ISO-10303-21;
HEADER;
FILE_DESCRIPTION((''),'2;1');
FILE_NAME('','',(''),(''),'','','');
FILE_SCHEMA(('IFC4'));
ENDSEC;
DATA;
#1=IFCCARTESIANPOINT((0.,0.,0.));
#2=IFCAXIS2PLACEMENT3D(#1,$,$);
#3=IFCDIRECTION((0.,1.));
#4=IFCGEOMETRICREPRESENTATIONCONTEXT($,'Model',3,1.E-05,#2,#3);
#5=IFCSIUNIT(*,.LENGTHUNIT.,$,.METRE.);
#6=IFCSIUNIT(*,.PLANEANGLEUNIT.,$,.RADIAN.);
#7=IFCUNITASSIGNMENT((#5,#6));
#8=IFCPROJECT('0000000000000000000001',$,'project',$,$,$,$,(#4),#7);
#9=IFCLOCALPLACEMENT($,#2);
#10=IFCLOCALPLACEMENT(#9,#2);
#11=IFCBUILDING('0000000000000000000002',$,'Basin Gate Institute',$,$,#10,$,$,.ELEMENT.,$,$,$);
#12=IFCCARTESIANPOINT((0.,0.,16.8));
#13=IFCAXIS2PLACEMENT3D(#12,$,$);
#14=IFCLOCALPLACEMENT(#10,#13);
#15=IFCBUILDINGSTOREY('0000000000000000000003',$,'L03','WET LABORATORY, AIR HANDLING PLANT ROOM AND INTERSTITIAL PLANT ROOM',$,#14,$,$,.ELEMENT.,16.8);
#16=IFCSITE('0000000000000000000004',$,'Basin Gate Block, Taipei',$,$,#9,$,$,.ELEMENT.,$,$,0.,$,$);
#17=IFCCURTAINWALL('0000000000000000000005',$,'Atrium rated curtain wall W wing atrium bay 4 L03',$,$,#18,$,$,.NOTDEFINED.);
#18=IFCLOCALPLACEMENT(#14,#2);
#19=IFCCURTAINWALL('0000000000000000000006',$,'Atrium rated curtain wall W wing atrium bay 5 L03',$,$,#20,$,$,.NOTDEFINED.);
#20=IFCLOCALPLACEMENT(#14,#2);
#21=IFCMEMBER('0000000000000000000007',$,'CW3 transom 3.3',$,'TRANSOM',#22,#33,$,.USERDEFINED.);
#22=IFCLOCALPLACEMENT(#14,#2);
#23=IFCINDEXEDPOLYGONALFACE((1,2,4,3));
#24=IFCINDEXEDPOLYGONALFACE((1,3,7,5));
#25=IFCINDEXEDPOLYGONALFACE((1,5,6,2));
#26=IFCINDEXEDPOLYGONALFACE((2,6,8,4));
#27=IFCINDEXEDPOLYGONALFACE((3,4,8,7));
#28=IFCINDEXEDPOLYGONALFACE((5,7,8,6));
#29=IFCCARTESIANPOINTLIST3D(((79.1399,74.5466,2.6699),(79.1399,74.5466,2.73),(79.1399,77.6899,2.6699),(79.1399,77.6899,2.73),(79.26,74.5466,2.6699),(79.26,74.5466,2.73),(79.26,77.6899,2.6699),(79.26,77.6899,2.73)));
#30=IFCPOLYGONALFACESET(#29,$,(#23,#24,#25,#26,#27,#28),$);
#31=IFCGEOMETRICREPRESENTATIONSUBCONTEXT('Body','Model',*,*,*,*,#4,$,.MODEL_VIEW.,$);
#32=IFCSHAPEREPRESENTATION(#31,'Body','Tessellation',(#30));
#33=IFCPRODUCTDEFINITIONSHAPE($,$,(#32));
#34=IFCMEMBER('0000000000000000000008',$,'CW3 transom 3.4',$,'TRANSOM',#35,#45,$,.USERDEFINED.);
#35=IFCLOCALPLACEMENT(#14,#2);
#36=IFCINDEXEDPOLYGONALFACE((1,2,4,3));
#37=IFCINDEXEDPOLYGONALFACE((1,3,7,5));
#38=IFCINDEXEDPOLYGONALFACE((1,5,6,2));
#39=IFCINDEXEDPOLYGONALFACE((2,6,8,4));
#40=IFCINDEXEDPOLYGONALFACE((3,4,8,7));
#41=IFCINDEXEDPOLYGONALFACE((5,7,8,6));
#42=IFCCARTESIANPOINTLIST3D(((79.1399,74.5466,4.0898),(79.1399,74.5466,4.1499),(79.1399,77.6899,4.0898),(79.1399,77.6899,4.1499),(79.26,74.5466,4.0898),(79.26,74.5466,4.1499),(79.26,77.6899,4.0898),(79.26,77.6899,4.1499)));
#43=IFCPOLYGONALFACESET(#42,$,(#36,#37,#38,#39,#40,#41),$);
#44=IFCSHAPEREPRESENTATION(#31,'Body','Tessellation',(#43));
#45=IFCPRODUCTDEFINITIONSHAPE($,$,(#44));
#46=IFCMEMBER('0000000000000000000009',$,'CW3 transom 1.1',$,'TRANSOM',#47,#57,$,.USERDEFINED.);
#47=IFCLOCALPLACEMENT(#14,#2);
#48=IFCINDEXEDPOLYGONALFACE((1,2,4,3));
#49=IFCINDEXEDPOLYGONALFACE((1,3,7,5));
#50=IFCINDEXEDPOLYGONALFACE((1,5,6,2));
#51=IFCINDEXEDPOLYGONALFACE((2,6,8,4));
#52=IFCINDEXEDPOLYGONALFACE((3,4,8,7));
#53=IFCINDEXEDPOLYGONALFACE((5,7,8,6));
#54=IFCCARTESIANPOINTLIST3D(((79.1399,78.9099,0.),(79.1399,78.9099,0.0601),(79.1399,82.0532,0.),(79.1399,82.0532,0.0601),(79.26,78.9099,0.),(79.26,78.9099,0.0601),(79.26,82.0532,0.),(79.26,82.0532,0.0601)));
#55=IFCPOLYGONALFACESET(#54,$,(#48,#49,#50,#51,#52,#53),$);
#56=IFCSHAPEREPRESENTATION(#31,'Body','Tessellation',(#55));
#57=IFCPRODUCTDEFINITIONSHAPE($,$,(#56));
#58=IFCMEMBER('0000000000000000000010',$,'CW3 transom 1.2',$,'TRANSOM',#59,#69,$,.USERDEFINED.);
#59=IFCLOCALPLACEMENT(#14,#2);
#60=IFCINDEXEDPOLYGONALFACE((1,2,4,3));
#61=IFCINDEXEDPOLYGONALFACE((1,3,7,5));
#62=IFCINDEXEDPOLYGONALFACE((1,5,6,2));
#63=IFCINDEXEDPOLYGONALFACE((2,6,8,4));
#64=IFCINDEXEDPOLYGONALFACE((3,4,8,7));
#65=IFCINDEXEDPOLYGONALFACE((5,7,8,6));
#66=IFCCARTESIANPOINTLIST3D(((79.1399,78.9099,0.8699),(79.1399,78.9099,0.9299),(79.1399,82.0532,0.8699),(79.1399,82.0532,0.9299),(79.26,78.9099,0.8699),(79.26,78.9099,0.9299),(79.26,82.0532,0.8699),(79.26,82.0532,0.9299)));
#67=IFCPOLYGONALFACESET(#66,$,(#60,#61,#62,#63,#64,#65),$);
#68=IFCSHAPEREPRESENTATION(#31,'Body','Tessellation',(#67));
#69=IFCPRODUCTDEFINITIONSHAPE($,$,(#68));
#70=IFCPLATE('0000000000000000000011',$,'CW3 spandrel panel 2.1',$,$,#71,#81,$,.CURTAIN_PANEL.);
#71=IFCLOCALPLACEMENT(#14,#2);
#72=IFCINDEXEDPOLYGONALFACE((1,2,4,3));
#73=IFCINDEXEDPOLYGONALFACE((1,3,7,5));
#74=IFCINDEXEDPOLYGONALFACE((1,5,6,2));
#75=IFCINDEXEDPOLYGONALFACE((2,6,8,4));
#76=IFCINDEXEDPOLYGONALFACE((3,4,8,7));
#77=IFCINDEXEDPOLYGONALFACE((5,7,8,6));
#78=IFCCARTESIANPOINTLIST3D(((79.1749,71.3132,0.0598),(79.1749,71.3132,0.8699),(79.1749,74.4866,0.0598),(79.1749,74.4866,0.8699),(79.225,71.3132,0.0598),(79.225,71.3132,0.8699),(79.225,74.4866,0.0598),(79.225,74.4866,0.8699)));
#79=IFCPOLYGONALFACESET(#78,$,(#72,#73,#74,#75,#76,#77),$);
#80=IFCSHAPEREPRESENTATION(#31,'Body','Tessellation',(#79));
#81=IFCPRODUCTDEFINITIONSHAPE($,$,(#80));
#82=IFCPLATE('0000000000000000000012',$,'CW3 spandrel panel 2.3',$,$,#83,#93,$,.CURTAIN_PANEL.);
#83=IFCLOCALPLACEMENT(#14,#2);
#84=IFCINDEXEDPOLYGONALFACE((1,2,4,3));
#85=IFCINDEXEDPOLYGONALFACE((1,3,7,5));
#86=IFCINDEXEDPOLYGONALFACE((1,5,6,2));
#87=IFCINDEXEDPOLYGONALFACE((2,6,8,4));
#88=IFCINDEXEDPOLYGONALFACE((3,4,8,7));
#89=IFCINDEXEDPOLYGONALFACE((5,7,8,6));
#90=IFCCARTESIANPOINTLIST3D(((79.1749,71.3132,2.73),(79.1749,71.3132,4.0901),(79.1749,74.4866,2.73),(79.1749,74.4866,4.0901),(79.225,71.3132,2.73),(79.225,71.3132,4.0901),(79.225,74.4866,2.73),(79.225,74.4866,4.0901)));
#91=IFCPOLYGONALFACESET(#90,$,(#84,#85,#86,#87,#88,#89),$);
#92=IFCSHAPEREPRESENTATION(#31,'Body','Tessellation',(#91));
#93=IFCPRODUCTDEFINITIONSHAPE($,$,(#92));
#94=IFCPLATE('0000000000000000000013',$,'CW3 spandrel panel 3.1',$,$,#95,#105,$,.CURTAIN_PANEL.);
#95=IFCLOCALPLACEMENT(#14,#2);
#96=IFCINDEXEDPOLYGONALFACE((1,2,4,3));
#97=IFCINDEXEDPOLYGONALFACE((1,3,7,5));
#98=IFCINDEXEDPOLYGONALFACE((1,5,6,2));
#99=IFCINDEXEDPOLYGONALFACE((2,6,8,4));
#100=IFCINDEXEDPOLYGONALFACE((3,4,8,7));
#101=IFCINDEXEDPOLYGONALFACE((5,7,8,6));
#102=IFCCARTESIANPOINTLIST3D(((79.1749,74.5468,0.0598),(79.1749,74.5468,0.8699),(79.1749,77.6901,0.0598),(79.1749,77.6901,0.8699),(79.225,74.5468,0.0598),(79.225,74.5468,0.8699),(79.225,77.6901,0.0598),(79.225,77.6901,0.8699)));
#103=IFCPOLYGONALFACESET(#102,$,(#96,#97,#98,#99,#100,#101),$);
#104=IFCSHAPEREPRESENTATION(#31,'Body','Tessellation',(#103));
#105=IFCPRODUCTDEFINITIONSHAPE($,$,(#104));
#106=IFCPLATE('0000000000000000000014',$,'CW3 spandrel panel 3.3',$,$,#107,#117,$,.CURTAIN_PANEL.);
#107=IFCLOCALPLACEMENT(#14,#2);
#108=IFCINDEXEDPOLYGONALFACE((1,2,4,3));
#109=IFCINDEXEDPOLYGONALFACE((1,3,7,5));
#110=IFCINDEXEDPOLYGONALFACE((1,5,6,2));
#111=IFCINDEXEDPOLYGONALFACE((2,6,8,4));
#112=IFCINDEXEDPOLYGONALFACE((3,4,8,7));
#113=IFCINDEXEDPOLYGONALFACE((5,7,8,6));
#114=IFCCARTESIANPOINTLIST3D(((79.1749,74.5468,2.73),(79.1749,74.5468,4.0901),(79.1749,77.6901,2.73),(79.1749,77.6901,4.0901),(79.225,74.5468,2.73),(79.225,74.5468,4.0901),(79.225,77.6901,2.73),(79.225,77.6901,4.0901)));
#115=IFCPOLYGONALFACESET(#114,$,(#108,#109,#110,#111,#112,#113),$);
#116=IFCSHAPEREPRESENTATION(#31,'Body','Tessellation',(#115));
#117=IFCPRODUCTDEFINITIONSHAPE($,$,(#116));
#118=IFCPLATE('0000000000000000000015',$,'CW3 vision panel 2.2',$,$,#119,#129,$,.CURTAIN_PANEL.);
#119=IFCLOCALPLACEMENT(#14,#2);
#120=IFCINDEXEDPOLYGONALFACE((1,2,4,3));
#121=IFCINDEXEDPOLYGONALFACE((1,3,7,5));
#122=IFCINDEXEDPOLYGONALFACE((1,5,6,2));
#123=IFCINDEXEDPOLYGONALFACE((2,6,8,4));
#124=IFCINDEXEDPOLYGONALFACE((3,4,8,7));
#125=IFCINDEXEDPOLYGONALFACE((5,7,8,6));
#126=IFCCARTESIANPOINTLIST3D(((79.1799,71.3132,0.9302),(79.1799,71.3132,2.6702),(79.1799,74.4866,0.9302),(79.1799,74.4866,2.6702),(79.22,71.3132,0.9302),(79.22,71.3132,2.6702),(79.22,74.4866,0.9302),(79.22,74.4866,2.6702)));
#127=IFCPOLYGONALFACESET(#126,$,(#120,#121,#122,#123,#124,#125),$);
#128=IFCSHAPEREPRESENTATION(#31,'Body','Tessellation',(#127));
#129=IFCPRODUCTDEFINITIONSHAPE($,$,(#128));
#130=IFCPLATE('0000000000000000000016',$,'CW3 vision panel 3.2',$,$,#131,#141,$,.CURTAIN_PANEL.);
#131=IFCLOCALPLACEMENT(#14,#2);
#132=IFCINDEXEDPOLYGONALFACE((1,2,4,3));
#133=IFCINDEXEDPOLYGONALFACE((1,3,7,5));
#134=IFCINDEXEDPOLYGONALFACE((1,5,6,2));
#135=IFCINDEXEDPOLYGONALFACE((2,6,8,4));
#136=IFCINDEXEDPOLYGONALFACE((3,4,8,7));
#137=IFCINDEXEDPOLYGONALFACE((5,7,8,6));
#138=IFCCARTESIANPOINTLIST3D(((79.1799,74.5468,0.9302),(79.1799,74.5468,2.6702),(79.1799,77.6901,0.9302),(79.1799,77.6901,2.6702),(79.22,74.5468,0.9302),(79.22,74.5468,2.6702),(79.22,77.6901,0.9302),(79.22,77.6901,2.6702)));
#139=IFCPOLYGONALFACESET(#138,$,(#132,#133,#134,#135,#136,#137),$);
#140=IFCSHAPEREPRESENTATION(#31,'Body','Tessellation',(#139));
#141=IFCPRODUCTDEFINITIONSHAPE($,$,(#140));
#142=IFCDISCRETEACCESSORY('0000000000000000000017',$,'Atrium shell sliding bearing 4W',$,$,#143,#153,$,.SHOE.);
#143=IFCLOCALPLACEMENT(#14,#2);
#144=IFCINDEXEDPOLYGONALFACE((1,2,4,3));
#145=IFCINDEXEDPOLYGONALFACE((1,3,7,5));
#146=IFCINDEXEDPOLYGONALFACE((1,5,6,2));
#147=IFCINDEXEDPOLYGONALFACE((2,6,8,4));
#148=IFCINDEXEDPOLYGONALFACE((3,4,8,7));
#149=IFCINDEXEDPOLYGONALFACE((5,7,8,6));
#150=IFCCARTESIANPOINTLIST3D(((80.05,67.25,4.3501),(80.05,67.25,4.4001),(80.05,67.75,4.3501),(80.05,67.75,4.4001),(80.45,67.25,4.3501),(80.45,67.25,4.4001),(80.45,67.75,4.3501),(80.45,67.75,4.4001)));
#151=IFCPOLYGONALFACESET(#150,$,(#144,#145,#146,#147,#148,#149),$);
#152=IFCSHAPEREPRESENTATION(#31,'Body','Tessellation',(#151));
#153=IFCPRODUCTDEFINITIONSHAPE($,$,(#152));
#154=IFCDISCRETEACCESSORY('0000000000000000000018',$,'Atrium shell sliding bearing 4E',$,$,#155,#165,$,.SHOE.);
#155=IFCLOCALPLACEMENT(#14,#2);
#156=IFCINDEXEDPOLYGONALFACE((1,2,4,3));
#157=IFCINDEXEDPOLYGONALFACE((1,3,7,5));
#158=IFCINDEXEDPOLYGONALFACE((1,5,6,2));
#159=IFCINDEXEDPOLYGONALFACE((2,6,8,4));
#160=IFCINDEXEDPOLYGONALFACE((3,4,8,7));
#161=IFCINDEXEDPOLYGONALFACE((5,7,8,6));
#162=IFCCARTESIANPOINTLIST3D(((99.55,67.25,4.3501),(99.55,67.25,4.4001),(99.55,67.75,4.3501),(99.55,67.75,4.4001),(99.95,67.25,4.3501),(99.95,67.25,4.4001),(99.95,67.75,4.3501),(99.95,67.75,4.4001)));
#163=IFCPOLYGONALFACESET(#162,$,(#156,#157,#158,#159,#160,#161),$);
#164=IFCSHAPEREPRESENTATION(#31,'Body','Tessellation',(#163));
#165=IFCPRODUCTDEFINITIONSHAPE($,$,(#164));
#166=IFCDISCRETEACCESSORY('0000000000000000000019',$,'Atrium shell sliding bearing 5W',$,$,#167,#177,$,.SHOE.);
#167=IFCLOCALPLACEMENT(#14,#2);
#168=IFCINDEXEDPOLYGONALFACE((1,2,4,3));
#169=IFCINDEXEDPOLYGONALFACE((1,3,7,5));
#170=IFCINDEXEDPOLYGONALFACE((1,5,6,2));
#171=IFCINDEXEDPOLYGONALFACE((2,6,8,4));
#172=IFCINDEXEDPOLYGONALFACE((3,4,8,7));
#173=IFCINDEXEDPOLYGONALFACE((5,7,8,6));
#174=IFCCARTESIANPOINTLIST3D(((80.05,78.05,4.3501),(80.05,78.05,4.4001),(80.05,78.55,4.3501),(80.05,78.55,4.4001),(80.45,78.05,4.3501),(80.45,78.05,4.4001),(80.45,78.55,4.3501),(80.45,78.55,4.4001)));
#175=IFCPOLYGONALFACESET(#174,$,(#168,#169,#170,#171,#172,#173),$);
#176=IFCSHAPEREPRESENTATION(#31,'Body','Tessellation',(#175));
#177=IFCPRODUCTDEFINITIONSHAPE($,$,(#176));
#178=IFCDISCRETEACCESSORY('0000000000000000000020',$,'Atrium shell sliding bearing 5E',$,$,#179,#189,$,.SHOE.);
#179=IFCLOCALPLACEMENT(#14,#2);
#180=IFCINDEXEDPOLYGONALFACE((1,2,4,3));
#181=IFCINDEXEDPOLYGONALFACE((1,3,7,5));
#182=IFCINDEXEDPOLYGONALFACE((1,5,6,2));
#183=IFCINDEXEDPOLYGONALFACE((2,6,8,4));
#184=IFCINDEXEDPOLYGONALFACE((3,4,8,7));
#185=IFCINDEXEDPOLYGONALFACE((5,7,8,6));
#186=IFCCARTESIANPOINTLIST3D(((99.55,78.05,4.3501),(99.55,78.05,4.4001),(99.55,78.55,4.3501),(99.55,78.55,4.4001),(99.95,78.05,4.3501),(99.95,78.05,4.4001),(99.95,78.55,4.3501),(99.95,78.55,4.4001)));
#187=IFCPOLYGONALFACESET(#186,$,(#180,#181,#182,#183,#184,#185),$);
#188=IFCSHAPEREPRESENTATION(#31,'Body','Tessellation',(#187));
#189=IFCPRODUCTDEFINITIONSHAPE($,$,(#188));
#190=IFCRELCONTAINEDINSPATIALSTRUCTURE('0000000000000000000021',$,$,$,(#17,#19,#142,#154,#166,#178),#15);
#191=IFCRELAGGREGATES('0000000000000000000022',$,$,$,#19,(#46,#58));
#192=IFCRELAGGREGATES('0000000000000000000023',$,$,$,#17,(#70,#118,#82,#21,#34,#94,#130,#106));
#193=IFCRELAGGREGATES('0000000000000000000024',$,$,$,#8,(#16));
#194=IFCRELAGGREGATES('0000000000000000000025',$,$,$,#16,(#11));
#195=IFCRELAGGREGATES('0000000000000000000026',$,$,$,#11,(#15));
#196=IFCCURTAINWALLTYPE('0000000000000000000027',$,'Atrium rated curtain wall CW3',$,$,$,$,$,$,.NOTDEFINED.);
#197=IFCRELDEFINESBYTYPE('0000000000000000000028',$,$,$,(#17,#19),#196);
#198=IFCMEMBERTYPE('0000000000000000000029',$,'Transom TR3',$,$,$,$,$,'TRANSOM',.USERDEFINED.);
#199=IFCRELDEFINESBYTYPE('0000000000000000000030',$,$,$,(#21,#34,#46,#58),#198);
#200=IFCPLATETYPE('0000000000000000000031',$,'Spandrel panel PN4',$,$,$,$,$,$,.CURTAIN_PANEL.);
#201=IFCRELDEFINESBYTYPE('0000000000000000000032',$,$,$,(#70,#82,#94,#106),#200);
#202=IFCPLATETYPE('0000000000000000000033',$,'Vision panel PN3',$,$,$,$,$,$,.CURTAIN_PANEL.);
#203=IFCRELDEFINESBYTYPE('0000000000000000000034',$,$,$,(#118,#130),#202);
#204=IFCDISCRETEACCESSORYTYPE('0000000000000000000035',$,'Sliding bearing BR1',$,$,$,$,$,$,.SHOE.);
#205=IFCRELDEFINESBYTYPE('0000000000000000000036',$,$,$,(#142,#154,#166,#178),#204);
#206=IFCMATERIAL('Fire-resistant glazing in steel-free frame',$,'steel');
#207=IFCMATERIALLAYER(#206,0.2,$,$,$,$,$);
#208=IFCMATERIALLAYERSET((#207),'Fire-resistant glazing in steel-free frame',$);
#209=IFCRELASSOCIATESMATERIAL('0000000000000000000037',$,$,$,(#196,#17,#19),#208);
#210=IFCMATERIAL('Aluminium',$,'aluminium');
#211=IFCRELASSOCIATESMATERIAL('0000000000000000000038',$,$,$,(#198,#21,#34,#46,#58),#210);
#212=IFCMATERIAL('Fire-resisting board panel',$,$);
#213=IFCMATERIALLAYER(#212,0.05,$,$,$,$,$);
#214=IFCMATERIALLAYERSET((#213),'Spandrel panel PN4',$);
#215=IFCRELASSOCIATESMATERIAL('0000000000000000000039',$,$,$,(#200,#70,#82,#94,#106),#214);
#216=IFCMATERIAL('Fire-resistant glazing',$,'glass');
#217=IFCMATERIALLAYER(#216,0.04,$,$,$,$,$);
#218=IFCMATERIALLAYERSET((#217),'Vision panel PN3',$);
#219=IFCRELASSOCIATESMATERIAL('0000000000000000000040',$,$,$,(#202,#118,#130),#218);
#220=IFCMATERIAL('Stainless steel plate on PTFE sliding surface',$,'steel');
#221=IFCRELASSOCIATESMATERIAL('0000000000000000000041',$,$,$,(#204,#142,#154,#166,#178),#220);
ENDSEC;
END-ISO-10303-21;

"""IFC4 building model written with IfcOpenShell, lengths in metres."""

from ifc_helpers import new_model, si_unit, direction, frame, origin, origin_2d, place, context, subcontext, project, spatial, rectangle, extrude, material, layer, layer_set, material_profile, profile_set, type_object, element, aggregate, save


model = new_model("IFC4")

# Units and contexts
model_context = context("Model", 3, precision=1e-05, world=origin(), true_north=direction((0.0, 1.0)))
body_context = subcontext(model_context, "Body", "Model", "MODEL_VIEW")
ifc_project = project(units=[si_unit("LENGTHUNIT", "METRE"), si_unit("PLANEANGLEUNIT", "RADIAN")], contexts=[model_context])

# Site, building, storey
site_placement = place(None, origin())
site = spatial("IfcSite", under=ifc_project, at=site_placement, Name="Basin Gate Block, Taipei", CompositionType="ELEMENT", RefElevation=0.0)
building_placement = place(site_placement, origin())
building = spatial("IfcBuilding", under=site, at=building_placement, Name="Basin Gate Institute", CompositionType="ELEMENT")
storey_placement = place(building_placement, frame((0.0, 0.0, 16.8)))
storey = spatial("IfcBuildingStorey", under=building, at=storey_placement, Name="L03", Description="WET LABORATORY, AIR HANDLING PLANT ROOM AND INTERSTITIAL PLANT ROOM", CompositionType="ELEMENT", Elevation=16.8)

# Curtain wall
ifc_material_1 = material(Name="Fire-resistant glazing in steel-free frame", Category="steel")
ifc_layer_1 = layer(ifc_material_1, 0.2)
ifc_layer_set_1 = layer_set([ifc_layer_1], Name="Fire-resistant glazing in steel-free frame")
curtain_wall_type = type_object("IfcCurtainWallType", Name="Atrium rated curtain wall CW3", PredefinedType="NOTDEFINED", material=ifc_layer_set_1)
curtain_wall_1_placement = place(storey_placement, origin())
curtain_wall_1 = element("IfcCurtainWall", 1, at=curtain_wall_1_placement, inside=storey, type_object=curtain_wall_type, material=ifc_layer_set_1, Name="Atrium rated curtain wall W wing atrium bay 4 L03", PredefinedType="NOTDEFINED")

# Curtain wall
curtain_wall_2_placement = place(storey_placement, origin())
curtain_wall_2 = element("IfcCurtainWall", 2, at=curtain_wall_2_placement, inside=storey, type_object=curtain_wall_type, material=ifc_layer_set_1, Name="Atrium rated curtain wall W wing atrium bay 5 L03", PredefinedType="NOTDEFINED")

# Members
ifc_material_2 = material(Name="Aluminium", Category="aluminium")
ifc_material_profile_1 = material_profile(ifc_material_2, rectangle(XDim=0.1201, YDim=0.0601, at=origin_2d()), Name="Transom TR3 120 x 60")
ifc_profile_set_1 = profile_set([ifc_material_profile_1], Name="Aluminium")
member_type_1 = type_object("IfcMemberType", Name="Transom TR3", ElementType="TRANSOM", PredefinedType="USERDEFINED", material=ifc_profile_set_1)
member_1_placement = place(storey_placement, frame((79.2, 74.5466, 2.7), z_axis=(0.0, 1.0, 0.0), x_axis=(-1.0, 0.0, 0.0)))
member_1 = element("IfcMember", 3, at=member_1_placement, type_object=member_type_1, material=ifc_profile_set_1, Name="CW3 transom 3.3", ObjectType="TRANSOM", PredefinedType="USERDEFINED", context=body_context, shape_type="SweptSolid", body=[
    extrude(rectangle(XDim=0.1201, YDim=0.0601, at=origin_2d()), origin(), (0.0, 0.0, 1.0), 3.1433),
])
member_2_placement = place(storey_placement, frame((79.2, 74.5466, 4.1199), z_axis=(0.0, 1.0, 0.0), x_axis=(-1.0, 0.0, 0.0)))
member_2 = element("IfcMember", 4, at=member_2_placement, type_object=member_type_1, material=ifc_profile_set_1, Name="CW3 transom 3.4", ObjectType="TRANSOM", PredefinedType="USERDEFINED", context=body_context, shape_type="SweptSolid", body=[
    extrude(rectangle(XDim=0.1201, YDim=0.0601, at=origin_2d()), origin(), (0.0, 0.0, 1.0), 3.1433),
])
member_3_placement = place(storey_placement, frame((79.2, 78.9099, 0.03), z_axis=(0.0, 1.0, 0.0), x_axis=(-1.0, 0.0, 0.0)))
member_3 = element("IfcMember", 5, at=member_3_placement, type_object=member_type_1, material=ifc_profile_set_1, Name="CW3 transom 1.1", ObjectType="TRANSOM", PredefinedType="USERDEFINED", context=body_context, shape_type="SweptSolid", body=[
    extrude(rectangle(XDim=0.1201, YDim=0.0601, at=origin_2d()), origin(), (0.0, 0.0, 1.0), 3.1433),
])
member_4_placement = place(storey_placement, frame((79.2, 78.9099, 0.8999), z_axis=(0.0, 1.0, 0.0), x_axis=(-1.0, 0.0, 0.0)))
member_4 = element("IfcMember", 6, at=member_4_placement, type_object=member_type_1, material=ifc_profile_set_1, Name="CW3 transom 1.2", ObjectType="TRANSOM", PredefinedType="USERDEFINED", context=body_context, shape_type="SweptSolid", body=[
    extrude(rectangle(XDim=0.1201, YDim=0.0601, at=origin_2d()), origin(), (0.0, 0.0, 1.0), 3.1433),
])
aggregate(curtain_wall_2, [member_3, member_4])

# Plates
ifc_material_3 = material(Name="Fire-resisting board panel")
ifc_layer_2 = layer(ifc_material_3, 0.05)
ifc_layer_set_2 = layer_set([ifc_layer_2], Name="Spandrel panel PN4")
plate_type_1 = type_object("IfcPlateType", Name="Spandrel panel PN4", PredefinedType="CURTAIN_PANEL", material=ifc_layer_set_2)
plate_1_placement = place(storey_placement, frame((79.2, 72.8999, 0.0598), z_axis=(0.0, 0.0, 1.0), x_axis=(0.0, 1.0, 0.0)))
plate_1 = element("IfcPlate", 7, at=plate_1_placement, type_object=plate_type_1, material=ifc_layer_set_2, Name="CW3 spandrel panel 2.1", PredefinedType="CURTAIN_PANEL", context=body_context, shape_type="SweptSolid", body=[
    extrude(rectangle(XDim=3.1733, YDim=0.05, at=origin_2d()), origin(), (0.0, 0.0, 1.0), 0.8101),
])
plate_2_placement = place(storey_placement, frame((79.2, 72.8999, 2.73), z_axis=(0.0, 0.0, 1.0), x_axis=(0.0, 1.0, 0.0)))
plate_2 = element("IfcPlate", 8, at=plate_2_placement, type_object=plate_type_1, material=ifc_layer_set_2, Name="CW3 spandrel panel 2.3", PredefinedType="CURTAIN_PANEL", context=body_context, shape_type="SweptSolid", body=[
    extrude(rectangle(XDim=3.1733, YDim=0.05, at=origin_2d()), origin(), (0.0, 0.0, 1.0), 1.3601),
])
plate_3_placement = place(storey_placement, frame((79.2, 76.1184, 0.0598), z_axis=(0.0, 0.0, 1.0), x_axis=(0.0, 1.0, 0.0)))
plate_3 = element("IfcPlate", 9, at=plate_3_placement, type_object=plate_type_1, material=ifc_layer_set_2, Name="CW3 spandrel panel 3.1", PredefinedType="CURTAIN_PANEL", context=body_context, shape_type="SweptSolid", body=[
    extrude(rectangle(XDim=3.1433, YDim=0.05, at=origin_2d()), origin(), (0.0, 0.0, 1.0), 0.8101),
])
plate_4_placement = place(storey_placement, frame((79.2, 76.1184, 2.73), z_axis=(0.0, 0.0, 1.0), x_axis=(0.0, 1.0, 0.0)))
plate_4 = element("IfcPlate", 10, at=plate_4_placement, type_object=plate_type_1, material=ifc_layer_set_2, Name="CW3 spandrel panel 3.3", PredefinedType="CURTAIN_PANEL", context=body_context, shape_type="SweptSolid", body=[
    extrude(rectangle(XDim=3.1433, YDim=0.05, at=origin_2d()), origin(), (0.0, 0.0, 1.0), 1.3601),
])
ifc_material_4 = material(Name="Fire-resistant glazing", Category="glass")
ifc_layer_3 = layer(ifc_material_4, 0.04)
ifc_layer_set_3 = layer_set([ifc_layer_3], Name="Vision panel PN3")
plate_type_2 = type_object("IfcPlateType", Name="Vision panel PN3", PredefinedType="CURTAIN_PANEL", material=ifc_layer_set_3)
plate_5_placement = place(storey_placement, frame((79.2, 72.8999, 0.9302), z_axis=(0.0, 0.0, 1.0), x_axis=(0.0, 1.0, 0.0)))
plate_5 = element("IfcPlate", 11, at=plate_5_placement, type_object=plate_type_2, material=ifc_layer_set_3, Name="CW3 vision panel 2.2", PredefinedType="CURTAIN_PANEL", context=body_context, shape_type="SweptSolid", body=[
    extrude(rectangle(XDim=3.1733, YDim=0.04, at=origin_2d()), origin(), (0.0, 0.0, 1.0), 1.74),
])
plate_6_placement = place(storey_placement, frame((79.2, 76.1184, 0.9302), z_axis=(0.0, 0.0, 1.0), x_axis=(0.0, 1.0, 0.0)))
plate_6 = element("IfcPlate", 12, at=plate_6_placement, type_object=plate_type_2, material=ifc_layer_set_3, Name="CW3 vision panel 3.2", PredefinedType="CURTAIN_PANEL", context=body_context, shape_type="SweptSolid", body=[
    extrude(rectangle(XDim=3.1433, YDim=0.04, at=origin_2d()), origin(), (0.0, 0.0, 1.0), 1.74),
])
aggregate(curtain_wall_1, [plate_1, plate_5, plate_2, member_1, member_2, plate_3, plate_6, plate_4])

# Discrete accessories
ifc_material_5 = material(Name="Stainless steel plate on PTFE sliding surface", Category="steel")
discrete_accessory_type = type_object("IfcDiscreteAccessoryType", Name="Sliding bearing BR1", PredefinedType="SHOE", material=ifc_material_5)
for number, where, z_axis, x_axis, name in (
    (13, (80.25, 67.5, 4.3501), (0.0, 0.0, 1.0), (1.0, 0.0, 0.0), "Atrium shell sliding bearing 4W"),
    (14, (99.75, 67.5, 4.3501), (0.0, 0.0, 1.0), (1.0, 0.0, 0.0), "Atrium shell sliding bearing 4E"),
    (15, (80.25, 78.3, 4.3501), (0.0, 0.0, 1.0), (1.0, 0.0, 0.0), "Atrium shell sliding bearing 5W"),
    (16, (99.75, 78.3, 4.3501), (0.0, 0.0, 1.0), (1.0, 0.0, 0.0), "Atrium shell sliding bearing 5E"),
):
    element("IfcDiscreteAccessory", number, at=place(storey_placement, frame(where, z_axis=z_axis, x_axis=x_axis)), inside=storey, type_object=discrete_accessory_type, material=ifc_material_5, Name=name, PredefinedType="SHOE", context=body_context, shape_type="SweptSolid", body=[
        extrude(rectangle(XDim=0.3999, YDim=0.5, at=origin_2d()), origin(), (0.0, 0.0, 1.0), 0.05),
    ])

save(model, "model.ifc")
